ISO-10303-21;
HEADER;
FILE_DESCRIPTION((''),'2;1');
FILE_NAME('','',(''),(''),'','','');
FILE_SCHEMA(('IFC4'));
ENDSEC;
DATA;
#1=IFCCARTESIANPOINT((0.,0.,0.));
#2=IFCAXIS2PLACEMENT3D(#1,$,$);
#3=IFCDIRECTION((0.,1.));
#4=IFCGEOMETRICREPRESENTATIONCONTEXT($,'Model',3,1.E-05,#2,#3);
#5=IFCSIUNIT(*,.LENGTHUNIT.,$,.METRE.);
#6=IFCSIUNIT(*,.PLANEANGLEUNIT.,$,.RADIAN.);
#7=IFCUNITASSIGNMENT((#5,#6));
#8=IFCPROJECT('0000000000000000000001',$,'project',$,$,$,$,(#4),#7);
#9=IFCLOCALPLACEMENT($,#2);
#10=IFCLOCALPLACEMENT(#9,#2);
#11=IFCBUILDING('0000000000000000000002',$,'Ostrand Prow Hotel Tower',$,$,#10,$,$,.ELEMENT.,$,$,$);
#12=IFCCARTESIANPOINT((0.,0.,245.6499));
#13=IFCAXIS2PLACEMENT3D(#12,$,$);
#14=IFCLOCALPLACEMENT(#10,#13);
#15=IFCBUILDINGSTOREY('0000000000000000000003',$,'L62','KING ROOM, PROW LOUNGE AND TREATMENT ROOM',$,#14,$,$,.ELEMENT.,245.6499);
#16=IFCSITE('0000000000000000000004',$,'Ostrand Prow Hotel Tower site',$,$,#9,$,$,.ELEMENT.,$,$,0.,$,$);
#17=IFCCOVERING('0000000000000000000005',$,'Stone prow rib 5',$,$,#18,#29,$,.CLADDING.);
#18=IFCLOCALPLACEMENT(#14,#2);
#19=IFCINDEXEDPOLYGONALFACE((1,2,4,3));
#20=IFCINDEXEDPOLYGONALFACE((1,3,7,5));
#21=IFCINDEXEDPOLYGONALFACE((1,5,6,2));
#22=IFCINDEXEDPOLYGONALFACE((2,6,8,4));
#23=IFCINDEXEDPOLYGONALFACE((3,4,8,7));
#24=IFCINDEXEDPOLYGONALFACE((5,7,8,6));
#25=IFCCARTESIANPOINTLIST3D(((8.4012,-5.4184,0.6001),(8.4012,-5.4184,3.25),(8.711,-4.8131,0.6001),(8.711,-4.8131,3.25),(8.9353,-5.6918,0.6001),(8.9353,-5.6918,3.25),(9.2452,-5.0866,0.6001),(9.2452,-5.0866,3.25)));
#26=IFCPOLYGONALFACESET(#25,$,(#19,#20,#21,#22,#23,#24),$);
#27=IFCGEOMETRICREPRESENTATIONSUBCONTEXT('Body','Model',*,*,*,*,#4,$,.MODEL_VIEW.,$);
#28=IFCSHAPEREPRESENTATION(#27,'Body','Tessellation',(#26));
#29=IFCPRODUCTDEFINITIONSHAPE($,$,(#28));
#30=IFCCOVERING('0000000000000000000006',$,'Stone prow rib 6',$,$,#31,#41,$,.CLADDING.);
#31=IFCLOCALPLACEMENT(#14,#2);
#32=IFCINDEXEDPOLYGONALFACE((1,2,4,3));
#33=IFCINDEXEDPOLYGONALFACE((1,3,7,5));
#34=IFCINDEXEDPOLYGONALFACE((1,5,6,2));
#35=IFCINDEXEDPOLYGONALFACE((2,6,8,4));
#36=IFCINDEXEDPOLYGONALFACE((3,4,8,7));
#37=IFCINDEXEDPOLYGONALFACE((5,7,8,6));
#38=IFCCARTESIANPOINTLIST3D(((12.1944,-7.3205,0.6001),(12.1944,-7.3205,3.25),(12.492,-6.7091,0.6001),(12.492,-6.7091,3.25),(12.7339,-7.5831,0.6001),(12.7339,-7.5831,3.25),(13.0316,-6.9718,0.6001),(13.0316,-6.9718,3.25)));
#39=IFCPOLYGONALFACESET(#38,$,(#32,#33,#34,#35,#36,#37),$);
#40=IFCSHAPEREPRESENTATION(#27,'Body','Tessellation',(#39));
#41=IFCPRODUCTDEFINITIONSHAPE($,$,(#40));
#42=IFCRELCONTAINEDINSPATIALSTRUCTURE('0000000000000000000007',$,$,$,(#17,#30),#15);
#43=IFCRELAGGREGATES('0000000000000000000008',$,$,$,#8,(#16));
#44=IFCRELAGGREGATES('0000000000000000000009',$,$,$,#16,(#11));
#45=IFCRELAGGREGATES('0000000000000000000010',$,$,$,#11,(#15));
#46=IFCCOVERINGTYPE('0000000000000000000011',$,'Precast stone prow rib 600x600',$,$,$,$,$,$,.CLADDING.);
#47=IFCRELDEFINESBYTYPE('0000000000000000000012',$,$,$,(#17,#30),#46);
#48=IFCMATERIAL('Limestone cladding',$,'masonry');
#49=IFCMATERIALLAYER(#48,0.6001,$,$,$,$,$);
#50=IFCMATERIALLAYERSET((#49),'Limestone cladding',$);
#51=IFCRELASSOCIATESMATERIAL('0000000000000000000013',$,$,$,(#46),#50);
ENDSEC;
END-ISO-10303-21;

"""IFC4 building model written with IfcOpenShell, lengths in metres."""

from ifc_helpers import new_model, si_unit, direction, frame, frame_2d, origin, place, context, subcontext, project, spatial, rectangle, extrude, material, layer, layer_set, type_object, element, save


model = new_model("IFC4")

# Units and contexts
model_context = context("Model", 3, precision=1e-05, world=origin(), true_north=direction((0.0, 1.0)))
body_context = subcontext(model_context, "Body", "Model", "MODEL_VIEW")
ifc_project = project(units=[si_unit("LENGTHUNIT", "METRE"), si_unit("PLANEANGLEUNIT", "RADIAN")], contexts=[model_context])

# Site, building, storey
site_placement = place(None, origin())
site = spatial("IfcSite", under=ifc_project, at=site_placement, Name="Ostrand Prow Hotel Tower site", CompositionType="ELEMENT", RefElevation=0.0)
building_placement = place(site_placement, origin())
building = spatial("IfcBuilding", under=site, at=building_placement, Name="Ostrand Prow Hotel Tower", CompositionType="ELEMENT")
storey_placement = place(building_placement, frame((0.0, 0.0, 245.6499)))
storey = spatial("IfcBuildingStorey", under=building, at=storey_placement, Name="L62", Description="KING ROOM, PROW LOUNGE AND TREATMENT ROOM", CompositionType="ELEMENT", Elevation=245.6499)

# Coverings
ifc_material_1 = material(Name="Limestone cladding", Category="masonry")
ifc_layer_1 = layer(ifc_material_1, 0.6001)
ifc_layer_set_1 = layer_set([ifc_layer_1], Name="Limestone cladding")
covering_type_1 = type_object("IfcCoveringType", Name="Precast stone prow rib 600x600", PredefinedType="CLADDING", material=ifc_layer_set_1)
for number, where, z_axis, x_axis, name in (
    (1, (8.978, -4.95, 0.6001), (0.0, 0.0, 1.0), (-0.455668, -0.89015, 0.0), "Stone prow rib 5"),
    (2, (12.7617, -6.8406, 0.6001), (0.0, 0.0, 1.0), (-0.437709, -0.899117, 0.0), "Stone prow rib 6"),
):
    element("IfcCovering", number, at=place(storey_placement, frame(where, z_axis=z_axis, x_axis=x_axis)), inside=storey, type_object=covering_type_1, Name=name, PredefinedType="CLADDING", context=body_context, shape_type="SweptSolid", body=[
        extrude(rectangle(XDim=0.6799, YDim=0.6001, at=frame_2d((0.3398, 0.0))), origin(), (0.0, 0.0, 1.0), 2.6499),
    ])

save(model, "model.ifc")
